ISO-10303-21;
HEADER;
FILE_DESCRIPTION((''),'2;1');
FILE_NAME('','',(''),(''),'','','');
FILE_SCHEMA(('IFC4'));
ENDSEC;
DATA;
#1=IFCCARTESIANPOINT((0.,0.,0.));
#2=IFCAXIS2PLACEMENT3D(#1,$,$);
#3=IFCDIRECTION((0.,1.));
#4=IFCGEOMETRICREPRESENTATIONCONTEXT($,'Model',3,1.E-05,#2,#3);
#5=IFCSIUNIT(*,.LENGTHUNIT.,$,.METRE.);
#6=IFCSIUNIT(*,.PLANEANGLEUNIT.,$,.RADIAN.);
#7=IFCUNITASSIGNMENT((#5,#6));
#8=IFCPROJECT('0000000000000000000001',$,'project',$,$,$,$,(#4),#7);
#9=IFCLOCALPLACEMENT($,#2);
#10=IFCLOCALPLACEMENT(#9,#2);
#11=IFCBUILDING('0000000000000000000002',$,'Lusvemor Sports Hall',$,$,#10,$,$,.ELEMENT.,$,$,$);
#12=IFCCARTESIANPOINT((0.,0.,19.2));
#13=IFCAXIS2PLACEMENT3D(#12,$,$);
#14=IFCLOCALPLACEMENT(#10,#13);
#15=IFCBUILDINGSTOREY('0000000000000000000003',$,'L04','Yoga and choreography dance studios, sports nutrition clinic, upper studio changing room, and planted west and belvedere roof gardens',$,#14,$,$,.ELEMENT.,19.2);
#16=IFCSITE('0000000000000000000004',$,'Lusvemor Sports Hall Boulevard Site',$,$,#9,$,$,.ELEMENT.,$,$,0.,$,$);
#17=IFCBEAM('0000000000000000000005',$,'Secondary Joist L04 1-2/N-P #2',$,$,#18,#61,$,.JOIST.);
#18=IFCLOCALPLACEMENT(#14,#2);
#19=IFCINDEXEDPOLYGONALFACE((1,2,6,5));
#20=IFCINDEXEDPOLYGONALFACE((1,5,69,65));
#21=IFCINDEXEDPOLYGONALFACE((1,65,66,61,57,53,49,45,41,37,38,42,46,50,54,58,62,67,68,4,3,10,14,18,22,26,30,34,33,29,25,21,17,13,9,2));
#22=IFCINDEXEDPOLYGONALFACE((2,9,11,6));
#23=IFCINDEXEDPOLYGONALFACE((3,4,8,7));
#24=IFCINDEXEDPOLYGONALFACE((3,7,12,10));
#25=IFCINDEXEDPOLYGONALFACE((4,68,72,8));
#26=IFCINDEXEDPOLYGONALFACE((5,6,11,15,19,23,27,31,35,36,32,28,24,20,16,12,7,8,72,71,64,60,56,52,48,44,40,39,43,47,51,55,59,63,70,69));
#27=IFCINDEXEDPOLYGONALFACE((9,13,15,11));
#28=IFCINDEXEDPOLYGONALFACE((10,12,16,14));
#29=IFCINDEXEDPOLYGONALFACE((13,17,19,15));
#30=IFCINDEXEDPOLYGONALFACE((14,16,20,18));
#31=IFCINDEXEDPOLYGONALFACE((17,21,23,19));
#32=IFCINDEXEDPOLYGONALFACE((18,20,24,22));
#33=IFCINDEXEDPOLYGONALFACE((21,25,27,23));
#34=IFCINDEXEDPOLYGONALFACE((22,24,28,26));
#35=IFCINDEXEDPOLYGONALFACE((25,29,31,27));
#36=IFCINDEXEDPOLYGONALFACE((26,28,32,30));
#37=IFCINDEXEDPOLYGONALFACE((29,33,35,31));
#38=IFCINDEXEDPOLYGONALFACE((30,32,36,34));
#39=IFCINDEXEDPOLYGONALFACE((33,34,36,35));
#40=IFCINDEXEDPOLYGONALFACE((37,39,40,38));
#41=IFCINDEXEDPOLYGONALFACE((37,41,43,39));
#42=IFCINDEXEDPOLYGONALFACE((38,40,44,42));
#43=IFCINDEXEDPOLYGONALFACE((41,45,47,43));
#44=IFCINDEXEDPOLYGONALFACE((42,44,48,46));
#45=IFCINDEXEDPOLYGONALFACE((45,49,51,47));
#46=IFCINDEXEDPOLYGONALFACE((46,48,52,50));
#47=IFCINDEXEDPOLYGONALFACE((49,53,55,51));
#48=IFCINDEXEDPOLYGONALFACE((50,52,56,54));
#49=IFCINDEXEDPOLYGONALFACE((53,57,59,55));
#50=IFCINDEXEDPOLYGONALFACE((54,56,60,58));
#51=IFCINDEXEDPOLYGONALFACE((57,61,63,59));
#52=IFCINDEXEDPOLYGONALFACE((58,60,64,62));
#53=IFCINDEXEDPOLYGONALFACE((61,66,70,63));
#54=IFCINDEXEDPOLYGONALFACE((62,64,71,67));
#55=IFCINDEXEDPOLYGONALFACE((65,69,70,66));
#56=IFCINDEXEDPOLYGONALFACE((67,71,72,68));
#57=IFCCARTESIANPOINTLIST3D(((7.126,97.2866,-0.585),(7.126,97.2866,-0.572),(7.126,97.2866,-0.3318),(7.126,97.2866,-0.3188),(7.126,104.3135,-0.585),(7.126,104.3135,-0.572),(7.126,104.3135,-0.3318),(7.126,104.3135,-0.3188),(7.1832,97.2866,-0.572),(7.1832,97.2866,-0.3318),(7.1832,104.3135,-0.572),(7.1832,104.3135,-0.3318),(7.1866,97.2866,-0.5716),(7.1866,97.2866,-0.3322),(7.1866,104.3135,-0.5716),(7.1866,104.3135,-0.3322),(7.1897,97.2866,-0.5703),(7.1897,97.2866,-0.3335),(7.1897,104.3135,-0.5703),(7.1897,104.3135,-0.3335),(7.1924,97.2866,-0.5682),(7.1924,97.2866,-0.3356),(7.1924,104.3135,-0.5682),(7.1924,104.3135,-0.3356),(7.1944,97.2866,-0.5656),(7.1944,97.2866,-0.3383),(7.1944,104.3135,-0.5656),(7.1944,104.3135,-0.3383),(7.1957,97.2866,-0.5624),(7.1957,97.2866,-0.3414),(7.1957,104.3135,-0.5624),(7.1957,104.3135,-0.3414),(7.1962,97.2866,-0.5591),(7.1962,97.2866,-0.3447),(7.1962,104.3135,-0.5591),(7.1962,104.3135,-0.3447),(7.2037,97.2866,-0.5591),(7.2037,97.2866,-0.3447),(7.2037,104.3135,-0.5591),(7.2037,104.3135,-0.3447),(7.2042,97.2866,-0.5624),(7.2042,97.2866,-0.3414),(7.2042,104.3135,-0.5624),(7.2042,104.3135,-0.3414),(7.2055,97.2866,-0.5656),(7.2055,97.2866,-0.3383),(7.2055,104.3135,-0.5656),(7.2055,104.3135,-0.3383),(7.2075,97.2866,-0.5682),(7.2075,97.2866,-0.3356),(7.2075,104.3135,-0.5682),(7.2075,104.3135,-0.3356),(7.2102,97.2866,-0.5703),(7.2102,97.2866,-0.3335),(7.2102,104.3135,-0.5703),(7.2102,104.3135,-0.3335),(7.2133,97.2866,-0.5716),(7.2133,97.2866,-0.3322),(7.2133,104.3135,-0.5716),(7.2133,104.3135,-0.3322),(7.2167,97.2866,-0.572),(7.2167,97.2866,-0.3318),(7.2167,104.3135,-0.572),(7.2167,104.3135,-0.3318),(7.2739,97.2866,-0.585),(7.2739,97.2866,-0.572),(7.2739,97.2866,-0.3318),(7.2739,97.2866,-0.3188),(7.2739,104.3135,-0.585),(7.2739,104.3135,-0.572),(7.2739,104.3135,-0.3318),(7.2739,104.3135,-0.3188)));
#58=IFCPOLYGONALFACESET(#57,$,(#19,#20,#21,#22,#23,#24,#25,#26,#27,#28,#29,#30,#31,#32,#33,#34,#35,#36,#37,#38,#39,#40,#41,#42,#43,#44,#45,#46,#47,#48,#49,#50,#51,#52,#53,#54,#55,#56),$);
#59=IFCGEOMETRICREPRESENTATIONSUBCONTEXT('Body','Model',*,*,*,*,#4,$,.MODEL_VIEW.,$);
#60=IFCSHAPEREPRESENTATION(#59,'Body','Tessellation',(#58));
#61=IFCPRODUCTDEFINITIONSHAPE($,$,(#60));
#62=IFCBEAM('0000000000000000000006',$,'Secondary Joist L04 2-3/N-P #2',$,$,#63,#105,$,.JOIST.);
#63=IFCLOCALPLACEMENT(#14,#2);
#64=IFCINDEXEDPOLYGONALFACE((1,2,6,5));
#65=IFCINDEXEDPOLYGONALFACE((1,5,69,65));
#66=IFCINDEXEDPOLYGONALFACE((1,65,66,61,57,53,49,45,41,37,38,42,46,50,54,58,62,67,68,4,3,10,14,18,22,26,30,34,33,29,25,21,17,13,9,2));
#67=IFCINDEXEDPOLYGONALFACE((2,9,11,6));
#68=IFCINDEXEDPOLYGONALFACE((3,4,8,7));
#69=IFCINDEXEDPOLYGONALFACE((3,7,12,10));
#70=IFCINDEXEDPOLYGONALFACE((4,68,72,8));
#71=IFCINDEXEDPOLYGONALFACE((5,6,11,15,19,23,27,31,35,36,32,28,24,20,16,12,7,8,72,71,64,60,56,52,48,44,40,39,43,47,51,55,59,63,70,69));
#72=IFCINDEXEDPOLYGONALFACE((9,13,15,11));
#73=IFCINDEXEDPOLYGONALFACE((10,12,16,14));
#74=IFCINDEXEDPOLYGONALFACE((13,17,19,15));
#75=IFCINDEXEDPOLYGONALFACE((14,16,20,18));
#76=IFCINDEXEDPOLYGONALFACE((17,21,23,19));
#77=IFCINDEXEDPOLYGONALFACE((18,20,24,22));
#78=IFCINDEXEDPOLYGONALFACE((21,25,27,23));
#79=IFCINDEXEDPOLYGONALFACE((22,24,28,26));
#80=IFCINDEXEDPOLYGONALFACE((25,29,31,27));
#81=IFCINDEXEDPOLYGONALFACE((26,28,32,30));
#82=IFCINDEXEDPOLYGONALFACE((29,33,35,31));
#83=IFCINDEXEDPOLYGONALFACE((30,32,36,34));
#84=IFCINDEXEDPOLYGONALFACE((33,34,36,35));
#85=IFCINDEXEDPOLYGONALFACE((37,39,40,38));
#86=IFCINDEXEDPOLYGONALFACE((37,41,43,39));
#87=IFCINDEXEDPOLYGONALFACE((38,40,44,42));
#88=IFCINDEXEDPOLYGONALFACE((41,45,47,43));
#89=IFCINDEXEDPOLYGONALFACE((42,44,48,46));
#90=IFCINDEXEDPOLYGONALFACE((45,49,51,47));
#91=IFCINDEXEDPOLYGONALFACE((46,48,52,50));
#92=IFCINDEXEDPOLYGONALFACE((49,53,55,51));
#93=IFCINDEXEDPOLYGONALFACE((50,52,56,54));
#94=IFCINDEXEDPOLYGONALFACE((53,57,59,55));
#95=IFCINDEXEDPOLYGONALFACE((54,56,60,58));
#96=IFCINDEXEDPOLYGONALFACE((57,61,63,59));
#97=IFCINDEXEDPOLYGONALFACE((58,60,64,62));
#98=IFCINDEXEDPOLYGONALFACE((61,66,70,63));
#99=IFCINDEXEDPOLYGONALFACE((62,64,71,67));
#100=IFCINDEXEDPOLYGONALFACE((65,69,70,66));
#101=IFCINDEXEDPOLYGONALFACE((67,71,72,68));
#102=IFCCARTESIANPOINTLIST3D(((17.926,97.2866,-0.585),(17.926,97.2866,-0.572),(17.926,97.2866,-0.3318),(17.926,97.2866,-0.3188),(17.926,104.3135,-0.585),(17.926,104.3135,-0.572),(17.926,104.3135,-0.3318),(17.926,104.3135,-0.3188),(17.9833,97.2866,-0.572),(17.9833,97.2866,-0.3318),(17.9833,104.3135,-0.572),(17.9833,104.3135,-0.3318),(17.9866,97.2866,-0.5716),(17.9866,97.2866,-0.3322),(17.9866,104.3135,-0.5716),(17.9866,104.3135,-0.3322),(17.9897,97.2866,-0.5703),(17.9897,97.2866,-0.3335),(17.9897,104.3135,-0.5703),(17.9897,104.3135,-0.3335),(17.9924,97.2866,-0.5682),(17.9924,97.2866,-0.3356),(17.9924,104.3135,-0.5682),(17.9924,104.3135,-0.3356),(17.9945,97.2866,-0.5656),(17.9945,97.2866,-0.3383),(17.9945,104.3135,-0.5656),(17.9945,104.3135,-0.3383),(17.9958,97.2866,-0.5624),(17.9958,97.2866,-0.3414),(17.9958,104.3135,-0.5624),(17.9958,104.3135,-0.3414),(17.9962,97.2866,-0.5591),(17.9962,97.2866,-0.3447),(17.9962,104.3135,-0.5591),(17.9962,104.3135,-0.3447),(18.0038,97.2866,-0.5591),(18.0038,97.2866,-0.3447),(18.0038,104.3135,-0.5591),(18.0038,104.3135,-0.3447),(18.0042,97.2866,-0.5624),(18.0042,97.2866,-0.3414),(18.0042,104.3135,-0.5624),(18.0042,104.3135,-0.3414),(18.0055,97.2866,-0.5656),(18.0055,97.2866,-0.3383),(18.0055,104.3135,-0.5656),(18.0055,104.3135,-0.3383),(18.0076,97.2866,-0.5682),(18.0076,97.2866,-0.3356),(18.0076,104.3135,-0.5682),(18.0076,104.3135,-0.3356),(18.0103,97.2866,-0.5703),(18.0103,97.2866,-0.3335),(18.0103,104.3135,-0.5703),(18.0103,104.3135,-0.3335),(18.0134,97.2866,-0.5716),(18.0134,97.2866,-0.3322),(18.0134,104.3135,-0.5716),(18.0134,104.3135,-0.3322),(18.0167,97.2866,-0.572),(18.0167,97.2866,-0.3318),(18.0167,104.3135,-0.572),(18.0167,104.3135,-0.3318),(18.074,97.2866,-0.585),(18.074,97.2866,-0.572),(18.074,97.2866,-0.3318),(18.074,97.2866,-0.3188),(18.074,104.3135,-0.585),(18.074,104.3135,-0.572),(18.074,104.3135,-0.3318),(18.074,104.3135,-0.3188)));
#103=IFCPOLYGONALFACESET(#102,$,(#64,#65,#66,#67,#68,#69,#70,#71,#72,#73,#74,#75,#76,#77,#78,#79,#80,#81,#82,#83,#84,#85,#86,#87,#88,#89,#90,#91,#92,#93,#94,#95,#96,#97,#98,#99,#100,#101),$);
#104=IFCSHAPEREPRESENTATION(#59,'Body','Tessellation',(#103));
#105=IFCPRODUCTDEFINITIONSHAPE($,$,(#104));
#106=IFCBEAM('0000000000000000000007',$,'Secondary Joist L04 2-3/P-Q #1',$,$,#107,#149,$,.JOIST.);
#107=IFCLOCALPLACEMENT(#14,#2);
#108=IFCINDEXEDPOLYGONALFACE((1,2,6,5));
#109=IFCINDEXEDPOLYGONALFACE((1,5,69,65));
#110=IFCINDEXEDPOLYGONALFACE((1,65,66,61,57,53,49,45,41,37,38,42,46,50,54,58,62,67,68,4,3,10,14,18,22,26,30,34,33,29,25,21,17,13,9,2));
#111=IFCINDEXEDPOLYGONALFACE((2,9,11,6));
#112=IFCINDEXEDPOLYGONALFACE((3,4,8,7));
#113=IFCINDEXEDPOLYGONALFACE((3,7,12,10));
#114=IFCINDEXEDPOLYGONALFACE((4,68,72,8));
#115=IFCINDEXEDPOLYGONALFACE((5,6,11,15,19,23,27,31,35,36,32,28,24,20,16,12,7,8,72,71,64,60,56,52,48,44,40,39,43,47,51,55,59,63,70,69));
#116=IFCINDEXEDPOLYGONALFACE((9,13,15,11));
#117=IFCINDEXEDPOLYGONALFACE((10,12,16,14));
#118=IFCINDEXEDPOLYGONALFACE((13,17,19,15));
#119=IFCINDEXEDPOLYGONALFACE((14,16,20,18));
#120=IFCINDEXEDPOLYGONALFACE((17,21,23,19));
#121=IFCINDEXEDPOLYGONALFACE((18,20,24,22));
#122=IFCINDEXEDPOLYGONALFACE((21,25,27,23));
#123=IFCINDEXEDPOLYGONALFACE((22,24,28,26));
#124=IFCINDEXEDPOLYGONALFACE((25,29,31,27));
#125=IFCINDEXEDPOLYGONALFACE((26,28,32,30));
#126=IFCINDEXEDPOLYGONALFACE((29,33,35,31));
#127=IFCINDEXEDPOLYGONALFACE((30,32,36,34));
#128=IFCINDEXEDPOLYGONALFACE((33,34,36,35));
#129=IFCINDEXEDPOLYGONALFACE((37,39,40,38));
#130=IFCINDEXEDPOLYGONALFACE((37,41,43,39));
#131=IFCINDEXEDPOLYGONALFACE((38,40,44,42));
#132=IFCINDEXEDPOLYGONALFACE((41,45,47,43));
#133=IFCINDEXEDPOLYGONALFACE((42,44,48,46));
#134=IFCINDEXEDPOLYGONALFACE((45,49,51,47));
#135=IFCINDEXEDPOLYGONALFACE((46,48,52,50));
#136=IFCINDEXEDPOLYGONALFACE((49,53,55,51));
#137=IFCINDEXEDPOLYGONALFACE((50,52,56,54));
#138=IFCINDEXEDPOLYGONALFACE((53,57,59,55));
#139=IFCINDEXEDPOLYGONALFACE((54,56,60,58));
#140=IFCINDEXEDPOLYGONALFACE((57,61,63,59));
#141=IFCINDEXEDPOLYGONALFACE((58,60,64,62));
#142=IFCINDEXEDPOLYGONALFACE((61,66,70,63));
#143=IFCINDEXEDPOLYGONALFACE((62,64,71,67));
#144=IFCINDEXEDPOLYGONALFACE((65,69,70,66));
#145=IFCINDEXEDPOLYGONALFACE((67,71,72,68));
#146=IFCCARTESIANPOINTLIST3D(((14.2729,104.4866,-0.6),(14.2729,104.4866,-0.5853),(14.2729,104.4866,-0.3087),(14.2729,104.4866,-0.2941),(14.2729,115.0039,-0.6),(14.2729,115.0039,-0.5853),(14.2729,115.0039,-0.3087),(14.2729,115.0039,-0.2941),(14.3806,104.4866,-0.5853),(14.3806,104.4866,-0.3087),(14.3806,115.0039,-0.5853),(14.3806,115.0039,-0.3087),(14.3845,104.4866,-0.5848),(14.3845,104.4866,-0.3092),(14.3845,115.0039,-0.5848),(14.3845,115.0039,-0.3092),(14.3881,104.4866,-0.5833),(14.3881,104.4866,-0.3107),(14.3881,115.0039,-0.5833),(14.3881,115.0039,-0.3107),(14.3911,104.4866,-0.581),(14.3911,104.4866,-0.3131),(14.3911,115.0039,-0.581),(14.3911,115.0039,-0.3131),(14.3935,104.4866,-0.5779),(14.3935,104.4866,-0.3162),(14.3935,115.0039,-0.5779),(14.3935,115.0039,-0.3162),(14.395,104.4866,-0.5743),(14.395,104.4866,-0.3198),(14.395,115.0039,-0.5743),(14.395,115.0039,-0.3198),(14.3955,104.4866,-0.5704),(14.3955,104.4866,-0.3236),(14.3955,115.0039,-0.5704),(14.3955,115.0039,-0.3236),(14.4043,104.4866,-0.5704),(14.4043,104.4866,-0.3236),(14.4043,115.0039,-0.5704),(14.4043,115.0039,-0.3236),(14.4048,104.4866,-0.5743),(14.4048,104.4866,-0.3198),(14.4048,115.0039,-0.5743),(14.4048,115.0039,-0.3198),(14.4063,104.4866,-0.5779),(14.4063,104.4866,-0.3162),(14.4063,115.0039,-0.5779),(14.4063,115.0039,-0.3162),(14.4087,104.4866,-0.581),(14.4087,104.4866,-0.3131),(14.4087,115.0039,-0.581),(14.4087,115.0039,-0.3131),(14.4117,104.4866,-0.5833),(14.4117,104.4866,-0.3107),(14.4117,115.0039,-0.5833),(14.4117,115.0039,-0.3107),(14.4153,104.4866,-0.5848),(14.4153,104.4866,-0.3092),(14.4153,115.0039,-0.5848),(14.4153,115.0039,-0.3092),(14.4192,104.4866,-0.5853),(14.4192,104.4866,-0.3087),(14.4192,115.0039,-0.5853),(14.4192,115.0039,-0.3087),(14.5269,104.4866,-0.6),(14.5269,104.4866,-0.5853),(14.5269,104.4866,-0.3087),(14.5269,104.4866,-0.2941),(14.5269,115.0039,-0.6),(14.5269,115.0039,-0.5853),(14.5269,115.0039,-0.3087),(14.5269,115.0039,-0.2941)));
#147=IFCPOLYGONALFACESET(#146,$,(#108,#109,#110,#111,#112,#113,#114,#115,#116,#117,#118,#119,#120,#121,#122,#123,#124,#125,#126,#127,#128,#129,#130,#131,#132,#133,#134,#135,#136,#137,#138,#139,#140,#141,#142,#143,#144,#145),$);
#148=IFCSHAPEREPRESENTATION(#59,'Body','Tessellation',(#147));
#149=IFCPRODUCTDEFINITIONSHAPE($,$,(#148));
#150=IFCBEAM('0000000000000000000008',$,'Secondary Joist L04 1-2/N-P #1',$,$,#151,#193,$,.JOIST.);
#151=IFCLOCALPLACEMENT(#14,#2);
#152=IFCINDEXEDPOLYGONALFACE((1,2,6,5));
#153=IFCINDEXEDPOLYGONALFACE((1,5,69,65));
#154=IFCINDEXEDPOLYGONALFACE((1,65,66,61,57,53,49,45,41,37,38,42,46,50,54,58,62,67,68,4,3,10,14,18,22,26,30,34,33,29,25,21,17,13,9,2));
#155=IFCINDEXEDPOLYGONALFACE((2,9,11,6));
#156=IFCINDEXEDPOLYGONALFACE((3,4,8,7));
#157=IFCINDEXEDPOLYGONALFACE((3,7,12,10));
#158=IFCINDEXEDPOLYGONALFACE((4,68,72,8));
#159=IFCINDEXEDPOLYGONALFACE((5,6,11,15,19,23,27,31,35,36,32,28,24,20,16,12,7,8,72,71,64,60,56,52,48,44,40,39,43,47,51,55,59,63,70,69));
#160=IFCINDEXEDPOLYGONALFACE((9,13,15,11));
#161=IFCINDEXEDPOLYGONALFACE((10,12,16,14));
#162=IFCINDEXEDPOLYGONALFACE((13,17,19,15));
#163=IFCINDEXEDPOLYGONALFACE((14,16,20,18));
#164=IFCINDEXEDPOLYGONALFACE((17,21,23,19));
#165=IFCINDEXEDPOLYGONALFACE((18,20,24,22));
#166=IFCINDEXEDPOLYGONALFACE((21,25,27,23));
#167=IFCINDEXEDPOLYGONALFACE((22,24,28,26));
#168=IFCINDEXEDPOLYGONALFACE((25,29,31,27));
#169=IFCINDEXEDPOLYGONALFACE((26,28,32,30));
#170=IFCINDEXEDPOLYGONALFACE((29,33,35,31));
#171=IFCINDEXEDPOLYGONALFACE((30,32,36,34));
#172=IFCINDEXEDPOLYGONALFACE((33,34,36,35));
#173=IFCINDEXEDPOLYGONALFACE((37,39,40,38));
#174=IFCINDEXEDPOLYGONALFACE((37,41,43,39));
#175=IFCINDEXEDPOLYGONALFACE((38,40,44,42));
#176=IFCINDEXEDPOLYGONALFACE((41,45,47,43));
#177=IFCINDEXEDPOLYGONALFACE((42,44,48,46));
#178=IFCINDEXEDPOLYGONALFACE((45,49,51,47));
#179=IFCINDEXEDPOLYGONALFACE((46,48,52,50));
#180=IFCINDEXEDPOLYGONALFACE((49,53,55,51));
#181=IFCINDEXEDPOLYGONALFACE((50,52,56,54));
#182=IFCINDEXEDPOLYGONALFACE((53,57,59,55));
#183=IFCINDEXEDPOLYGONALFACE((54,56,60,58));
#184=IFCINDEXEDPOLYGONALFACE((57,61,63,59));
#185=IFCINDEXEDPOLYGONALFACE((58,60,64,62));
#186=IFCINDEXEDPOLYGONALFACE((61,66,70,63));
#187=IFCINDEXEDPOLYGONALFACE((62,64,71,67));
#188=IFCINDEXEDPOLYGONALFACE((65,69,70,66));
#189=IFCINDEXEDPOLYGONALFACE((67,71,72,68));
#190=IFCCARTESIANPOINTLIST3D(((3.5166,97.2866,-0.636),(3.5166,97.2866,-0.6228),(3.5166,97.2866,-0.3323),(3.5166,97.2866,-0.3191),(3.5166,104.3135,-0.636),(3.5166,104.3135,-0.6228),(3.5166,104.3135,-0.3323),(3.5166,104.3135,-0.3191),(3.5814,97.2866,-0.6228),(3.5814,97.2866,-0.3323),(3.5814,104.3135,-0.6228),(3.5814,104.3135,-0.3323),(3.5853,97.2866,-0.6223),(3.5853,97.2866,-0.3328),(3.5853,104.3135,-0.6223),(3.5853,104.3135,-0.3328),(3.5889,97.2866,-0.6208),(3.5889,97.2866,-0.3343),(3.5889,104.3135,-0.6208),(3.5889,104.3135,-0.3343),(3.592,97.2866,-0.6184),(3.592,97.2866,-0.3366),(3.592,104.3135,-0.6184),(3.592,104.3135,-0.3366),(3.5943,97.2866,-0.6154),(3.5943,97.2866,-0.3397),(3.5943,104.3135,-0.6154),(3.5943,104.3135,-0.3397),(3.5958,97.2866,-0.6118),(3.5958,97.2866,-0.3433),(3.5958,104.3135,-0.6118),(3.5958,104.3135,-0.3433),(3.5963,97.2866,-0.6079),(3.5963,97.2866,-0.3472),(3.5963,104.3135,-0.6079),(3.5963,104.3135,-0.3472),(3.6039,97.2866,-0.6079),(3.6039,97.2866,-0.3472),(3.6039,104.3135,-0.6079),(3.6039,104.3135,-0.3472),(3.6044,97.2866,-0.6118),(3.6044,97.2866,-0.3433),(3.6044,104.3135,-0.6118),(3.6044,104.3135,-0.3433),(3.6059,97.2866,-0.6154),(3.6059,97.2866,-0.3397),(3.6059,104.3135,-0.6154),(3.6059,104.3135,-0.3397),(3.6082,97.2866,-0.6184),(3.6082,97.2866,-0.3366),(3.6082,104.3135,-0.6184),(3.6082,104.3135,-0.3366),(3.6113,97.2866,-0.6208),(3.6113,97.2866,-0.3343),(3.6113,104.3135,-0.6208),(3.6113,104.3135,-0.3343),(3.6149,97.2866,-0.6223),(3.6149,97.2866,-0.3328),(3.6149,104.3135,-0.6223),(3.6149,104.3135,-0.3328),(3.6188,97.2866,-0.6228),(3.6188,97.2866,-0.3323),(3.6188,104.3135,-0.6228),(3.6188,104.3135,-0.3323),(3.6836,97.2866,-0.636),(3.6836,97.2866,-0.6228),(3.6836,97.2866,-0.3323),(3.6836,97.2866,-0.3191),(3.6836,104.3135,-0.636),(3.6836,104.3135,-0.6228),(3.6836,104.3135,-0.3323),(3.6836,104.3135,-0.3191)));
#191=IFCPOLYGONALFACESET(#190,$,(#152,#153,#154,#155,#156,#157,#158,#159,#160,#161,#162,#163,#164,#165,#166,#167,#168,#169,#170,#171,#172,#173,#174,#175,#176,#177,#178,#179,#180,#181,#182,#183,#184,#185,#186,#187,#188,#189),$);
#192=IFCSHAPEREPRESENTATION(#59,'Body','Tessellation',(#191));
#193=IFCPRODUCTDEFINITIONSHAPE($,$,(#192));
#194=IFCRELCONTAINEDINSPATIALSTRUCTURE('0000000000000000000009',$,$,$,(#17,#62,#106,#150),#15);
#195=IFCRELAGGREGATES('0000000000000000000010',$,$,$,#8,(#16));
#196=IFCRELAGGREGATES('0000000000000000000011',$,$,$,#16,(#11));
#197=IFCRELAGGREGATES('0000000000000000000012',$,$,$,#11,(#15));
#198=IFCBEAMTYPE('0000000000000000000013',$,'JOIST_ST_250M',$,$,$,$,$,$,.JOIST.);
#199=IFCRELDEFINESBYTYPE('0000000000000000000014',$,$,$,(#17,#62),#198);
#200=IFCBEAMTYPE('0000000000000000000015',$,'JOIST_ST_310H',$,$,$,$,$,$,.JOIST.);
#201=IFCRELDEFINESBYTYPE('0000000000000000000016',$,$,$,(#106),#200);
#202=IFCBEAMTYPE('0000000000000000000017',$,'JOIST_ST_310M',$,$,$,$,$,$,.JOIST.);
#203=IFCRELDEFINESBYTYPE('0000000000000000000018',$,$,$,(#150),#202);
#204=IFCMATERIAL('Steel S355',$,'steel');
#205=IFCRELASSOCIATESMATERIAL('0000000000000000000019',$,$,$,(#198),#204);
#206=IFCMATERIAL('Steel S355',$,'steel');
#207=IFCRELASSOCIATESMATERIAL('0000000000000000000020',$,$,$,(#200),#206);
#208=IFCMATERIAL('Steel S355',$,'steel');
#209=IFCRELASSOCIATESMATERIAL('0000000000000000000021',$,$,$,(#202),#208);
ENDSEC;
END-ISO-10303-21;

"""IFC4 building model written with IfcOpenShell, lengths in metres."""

from ifc_helpers import new_model, si_unit, direction, frame, origin, origin_2d, place, context, subcontext, project, spatial, i_section, extrude, material, material_profile, profile_set, type_object, element, save


model = new_model("IFC4")

# Units and contexts
model_context = context("Model", 3, precision=1e-05, world=origin(), true_north=direction((0.0, 1.0)))
body_context = subcontext(model_context, "Body", "Model", "MODEL_VIEW")
ifc_project = project(units=[si_unit("LENGTHUNIT", "METRE"), si_unit("PLANEANGLEUNIT", "RADIAN")], contexts=[model_context])

# Site, building, storey
site_placement = place(None, origin())
site = spatial("IfcSite", under=ifc_project, at=site_placement, Name="Lusvemor Sports Hall Boulevard Site", CompositionType="ELEMENT", RefElevation=0.0)
building_placement = place(site_placement, origin())
building = spatial("IfcBuilding", under=site, at=building_placement, Name="Lusvemor Sports Hall", CompositionType="ELEMENT")
storey_placement = place(building_placement, frame((0.0, 0.0, 19.2)))
storey = spatial("IfcBuildingStorey", under=building, at=storey_placement, Name="L04", Description="Yoga and choreography dance studios, sports nutrition clinic, upper studio changing room, and planted west and belvedere roof gardens", CompositionType="ELEMENT", Elevation=19.2)

# Beams
ifc_material_1 = material(Name="Steel S355", Category="steel")
ifc_material_profile_1 = material_profile(ifc_material_1, i_section(OverallWidth=0.1479, OverallDepth=0.2661, WebThickness=0.0076, FlangeThickness=0.0129, FilletRadius=0.0129, at=origin_2d()), Name="W250x44.8")
ifc_profile_set_1 = profile_set([ifc_material_profile_1], Name="Steel S355")
beam_type_1 = type_object("IfcBeamType", Name="JOIST_ST_250M", PredefinedType="JOIST", material=ifc_profile_set_1)
for number, where, z_axis, x_axis, name in (
    (1, (7.2, 97.2866, -0.4519), (0.0, 1.0, 0.0), (-1.0, 0.0, 0.0), "Secondary Joist L04 1-2/N-P #2"),
    (2, (18.0, 97.2866, -0.4519), (0.0, 1.0, 0.0), (-1.0, 0.0, 0.0), "Secondary Joist L04 2-3/N-P #2"),
):
    element("IfcBeam", number, at=place(storey_placement, frame(where, z_axis=z_axis, x_axis=x_axis)), inside=storey, type_object=beam_type_1, Name=name, PredefinedType="JOIST", context=body_context, shape_type="SweptSolid", body=[
        extrude(i_section(OverallWidth=0.1479, OverallDepth=0.2661, WebThickness=0.0076, FlangeThickness=0.0129, FilletRadius=0.0129, at=origin_2d()), origin(), (0.0, 0.0, 1.0), 7.0269),
    ])
ifc_material_2 = material(Name="Steel S355", Category="steel")
ifc_material_profile_2 = material_profile(ifc_material_2, i_section(OverallWidth=0.2539, OverallDepth=0.3059, WebThickness=0.0088, FlangeThickness=0.0146, FilletRadius=0.0149, at=origin_2d()), Name="W310x79.0")
ifc_profile_set_2 = profile_set([ifc_material_profile_2], Name="Steel S355")
beam_type_2 = type_object("IfcBeamType", Name="JOIST_ST_310H", PredefinedType="JOIST", material=ifc_profile_set_2)
beam_1_placement = place(storey_placement, frame((14.3999, 104.4866, -0.447), z_axis=(0.0, 1.0, 0.0), x_axis=(-1.0, 0.0, 0.0)))
element("IfcBeam", 3, at=beam_1_placement, inside=storey, type_object=beam_type_2, Name="Secondary Joist L04 2-3/P-Q #1", PredefinedType="JOIST", context=body_context, shape_type="SweptSolid", body=[
    extrude(i_section(OverallWidth=0.2539, OverallDepth=0.3059, WebThickness=0.0088, FlangeThickness=0.0146, FilletRadius=0.0149, at=origin_2d()), origin(), (0.0, 0.0, 1.0), 10.5173),
])
ifc_material_3 = material(Name="Steel S355", Category="steel")
ifc_material_profile_3 = material_profile(ifc_material_3, i_section(OverallWidth=0.167, OverallDepth=0.3169, WebThickness=0.0076, FlangeThickness=0.0132, FilletRadius=0.0149, at=origin_2d()), Name="W310x52.0")
ifc_profile_set_3 = profile_set([ifc_material_profile_3], Name="Steel S355")
beam_type_3 = type_object("IfcBeamType", Name="JOIST_ST_310M", PredefinedType="JOIST", material=ifc_profile_set_3)
for number, where, z_axis, x_axis, name in (
    (4, (3.6001, 97.2866, -0.4775), (0.0, 1.0, 0.0), (-1.0, 0.0, 0.0), "Secondary Joist L04 1-2/N-P #1"),
):
    element("IfcBeam", number, at=place(storey_placement, frame(where, z_axis=z_axis, x_axis=x_axis)), inside=storey, type_object=beam_type_3, Name=name, PredefinedType="JOIST", context=body_context, shape_type="SweptSolid", body=[
        extrude(i_section(OverallWidth=0.167, OverallDepth=0.3169, WebThickness=0.0076, FlangeThickness=0.0132, FilletRadius=0.0149, at=origin_2d()), origin(), (0.0, 0.0, 1.0), 7.0269),
    ])

save(model, "model.ifc")
